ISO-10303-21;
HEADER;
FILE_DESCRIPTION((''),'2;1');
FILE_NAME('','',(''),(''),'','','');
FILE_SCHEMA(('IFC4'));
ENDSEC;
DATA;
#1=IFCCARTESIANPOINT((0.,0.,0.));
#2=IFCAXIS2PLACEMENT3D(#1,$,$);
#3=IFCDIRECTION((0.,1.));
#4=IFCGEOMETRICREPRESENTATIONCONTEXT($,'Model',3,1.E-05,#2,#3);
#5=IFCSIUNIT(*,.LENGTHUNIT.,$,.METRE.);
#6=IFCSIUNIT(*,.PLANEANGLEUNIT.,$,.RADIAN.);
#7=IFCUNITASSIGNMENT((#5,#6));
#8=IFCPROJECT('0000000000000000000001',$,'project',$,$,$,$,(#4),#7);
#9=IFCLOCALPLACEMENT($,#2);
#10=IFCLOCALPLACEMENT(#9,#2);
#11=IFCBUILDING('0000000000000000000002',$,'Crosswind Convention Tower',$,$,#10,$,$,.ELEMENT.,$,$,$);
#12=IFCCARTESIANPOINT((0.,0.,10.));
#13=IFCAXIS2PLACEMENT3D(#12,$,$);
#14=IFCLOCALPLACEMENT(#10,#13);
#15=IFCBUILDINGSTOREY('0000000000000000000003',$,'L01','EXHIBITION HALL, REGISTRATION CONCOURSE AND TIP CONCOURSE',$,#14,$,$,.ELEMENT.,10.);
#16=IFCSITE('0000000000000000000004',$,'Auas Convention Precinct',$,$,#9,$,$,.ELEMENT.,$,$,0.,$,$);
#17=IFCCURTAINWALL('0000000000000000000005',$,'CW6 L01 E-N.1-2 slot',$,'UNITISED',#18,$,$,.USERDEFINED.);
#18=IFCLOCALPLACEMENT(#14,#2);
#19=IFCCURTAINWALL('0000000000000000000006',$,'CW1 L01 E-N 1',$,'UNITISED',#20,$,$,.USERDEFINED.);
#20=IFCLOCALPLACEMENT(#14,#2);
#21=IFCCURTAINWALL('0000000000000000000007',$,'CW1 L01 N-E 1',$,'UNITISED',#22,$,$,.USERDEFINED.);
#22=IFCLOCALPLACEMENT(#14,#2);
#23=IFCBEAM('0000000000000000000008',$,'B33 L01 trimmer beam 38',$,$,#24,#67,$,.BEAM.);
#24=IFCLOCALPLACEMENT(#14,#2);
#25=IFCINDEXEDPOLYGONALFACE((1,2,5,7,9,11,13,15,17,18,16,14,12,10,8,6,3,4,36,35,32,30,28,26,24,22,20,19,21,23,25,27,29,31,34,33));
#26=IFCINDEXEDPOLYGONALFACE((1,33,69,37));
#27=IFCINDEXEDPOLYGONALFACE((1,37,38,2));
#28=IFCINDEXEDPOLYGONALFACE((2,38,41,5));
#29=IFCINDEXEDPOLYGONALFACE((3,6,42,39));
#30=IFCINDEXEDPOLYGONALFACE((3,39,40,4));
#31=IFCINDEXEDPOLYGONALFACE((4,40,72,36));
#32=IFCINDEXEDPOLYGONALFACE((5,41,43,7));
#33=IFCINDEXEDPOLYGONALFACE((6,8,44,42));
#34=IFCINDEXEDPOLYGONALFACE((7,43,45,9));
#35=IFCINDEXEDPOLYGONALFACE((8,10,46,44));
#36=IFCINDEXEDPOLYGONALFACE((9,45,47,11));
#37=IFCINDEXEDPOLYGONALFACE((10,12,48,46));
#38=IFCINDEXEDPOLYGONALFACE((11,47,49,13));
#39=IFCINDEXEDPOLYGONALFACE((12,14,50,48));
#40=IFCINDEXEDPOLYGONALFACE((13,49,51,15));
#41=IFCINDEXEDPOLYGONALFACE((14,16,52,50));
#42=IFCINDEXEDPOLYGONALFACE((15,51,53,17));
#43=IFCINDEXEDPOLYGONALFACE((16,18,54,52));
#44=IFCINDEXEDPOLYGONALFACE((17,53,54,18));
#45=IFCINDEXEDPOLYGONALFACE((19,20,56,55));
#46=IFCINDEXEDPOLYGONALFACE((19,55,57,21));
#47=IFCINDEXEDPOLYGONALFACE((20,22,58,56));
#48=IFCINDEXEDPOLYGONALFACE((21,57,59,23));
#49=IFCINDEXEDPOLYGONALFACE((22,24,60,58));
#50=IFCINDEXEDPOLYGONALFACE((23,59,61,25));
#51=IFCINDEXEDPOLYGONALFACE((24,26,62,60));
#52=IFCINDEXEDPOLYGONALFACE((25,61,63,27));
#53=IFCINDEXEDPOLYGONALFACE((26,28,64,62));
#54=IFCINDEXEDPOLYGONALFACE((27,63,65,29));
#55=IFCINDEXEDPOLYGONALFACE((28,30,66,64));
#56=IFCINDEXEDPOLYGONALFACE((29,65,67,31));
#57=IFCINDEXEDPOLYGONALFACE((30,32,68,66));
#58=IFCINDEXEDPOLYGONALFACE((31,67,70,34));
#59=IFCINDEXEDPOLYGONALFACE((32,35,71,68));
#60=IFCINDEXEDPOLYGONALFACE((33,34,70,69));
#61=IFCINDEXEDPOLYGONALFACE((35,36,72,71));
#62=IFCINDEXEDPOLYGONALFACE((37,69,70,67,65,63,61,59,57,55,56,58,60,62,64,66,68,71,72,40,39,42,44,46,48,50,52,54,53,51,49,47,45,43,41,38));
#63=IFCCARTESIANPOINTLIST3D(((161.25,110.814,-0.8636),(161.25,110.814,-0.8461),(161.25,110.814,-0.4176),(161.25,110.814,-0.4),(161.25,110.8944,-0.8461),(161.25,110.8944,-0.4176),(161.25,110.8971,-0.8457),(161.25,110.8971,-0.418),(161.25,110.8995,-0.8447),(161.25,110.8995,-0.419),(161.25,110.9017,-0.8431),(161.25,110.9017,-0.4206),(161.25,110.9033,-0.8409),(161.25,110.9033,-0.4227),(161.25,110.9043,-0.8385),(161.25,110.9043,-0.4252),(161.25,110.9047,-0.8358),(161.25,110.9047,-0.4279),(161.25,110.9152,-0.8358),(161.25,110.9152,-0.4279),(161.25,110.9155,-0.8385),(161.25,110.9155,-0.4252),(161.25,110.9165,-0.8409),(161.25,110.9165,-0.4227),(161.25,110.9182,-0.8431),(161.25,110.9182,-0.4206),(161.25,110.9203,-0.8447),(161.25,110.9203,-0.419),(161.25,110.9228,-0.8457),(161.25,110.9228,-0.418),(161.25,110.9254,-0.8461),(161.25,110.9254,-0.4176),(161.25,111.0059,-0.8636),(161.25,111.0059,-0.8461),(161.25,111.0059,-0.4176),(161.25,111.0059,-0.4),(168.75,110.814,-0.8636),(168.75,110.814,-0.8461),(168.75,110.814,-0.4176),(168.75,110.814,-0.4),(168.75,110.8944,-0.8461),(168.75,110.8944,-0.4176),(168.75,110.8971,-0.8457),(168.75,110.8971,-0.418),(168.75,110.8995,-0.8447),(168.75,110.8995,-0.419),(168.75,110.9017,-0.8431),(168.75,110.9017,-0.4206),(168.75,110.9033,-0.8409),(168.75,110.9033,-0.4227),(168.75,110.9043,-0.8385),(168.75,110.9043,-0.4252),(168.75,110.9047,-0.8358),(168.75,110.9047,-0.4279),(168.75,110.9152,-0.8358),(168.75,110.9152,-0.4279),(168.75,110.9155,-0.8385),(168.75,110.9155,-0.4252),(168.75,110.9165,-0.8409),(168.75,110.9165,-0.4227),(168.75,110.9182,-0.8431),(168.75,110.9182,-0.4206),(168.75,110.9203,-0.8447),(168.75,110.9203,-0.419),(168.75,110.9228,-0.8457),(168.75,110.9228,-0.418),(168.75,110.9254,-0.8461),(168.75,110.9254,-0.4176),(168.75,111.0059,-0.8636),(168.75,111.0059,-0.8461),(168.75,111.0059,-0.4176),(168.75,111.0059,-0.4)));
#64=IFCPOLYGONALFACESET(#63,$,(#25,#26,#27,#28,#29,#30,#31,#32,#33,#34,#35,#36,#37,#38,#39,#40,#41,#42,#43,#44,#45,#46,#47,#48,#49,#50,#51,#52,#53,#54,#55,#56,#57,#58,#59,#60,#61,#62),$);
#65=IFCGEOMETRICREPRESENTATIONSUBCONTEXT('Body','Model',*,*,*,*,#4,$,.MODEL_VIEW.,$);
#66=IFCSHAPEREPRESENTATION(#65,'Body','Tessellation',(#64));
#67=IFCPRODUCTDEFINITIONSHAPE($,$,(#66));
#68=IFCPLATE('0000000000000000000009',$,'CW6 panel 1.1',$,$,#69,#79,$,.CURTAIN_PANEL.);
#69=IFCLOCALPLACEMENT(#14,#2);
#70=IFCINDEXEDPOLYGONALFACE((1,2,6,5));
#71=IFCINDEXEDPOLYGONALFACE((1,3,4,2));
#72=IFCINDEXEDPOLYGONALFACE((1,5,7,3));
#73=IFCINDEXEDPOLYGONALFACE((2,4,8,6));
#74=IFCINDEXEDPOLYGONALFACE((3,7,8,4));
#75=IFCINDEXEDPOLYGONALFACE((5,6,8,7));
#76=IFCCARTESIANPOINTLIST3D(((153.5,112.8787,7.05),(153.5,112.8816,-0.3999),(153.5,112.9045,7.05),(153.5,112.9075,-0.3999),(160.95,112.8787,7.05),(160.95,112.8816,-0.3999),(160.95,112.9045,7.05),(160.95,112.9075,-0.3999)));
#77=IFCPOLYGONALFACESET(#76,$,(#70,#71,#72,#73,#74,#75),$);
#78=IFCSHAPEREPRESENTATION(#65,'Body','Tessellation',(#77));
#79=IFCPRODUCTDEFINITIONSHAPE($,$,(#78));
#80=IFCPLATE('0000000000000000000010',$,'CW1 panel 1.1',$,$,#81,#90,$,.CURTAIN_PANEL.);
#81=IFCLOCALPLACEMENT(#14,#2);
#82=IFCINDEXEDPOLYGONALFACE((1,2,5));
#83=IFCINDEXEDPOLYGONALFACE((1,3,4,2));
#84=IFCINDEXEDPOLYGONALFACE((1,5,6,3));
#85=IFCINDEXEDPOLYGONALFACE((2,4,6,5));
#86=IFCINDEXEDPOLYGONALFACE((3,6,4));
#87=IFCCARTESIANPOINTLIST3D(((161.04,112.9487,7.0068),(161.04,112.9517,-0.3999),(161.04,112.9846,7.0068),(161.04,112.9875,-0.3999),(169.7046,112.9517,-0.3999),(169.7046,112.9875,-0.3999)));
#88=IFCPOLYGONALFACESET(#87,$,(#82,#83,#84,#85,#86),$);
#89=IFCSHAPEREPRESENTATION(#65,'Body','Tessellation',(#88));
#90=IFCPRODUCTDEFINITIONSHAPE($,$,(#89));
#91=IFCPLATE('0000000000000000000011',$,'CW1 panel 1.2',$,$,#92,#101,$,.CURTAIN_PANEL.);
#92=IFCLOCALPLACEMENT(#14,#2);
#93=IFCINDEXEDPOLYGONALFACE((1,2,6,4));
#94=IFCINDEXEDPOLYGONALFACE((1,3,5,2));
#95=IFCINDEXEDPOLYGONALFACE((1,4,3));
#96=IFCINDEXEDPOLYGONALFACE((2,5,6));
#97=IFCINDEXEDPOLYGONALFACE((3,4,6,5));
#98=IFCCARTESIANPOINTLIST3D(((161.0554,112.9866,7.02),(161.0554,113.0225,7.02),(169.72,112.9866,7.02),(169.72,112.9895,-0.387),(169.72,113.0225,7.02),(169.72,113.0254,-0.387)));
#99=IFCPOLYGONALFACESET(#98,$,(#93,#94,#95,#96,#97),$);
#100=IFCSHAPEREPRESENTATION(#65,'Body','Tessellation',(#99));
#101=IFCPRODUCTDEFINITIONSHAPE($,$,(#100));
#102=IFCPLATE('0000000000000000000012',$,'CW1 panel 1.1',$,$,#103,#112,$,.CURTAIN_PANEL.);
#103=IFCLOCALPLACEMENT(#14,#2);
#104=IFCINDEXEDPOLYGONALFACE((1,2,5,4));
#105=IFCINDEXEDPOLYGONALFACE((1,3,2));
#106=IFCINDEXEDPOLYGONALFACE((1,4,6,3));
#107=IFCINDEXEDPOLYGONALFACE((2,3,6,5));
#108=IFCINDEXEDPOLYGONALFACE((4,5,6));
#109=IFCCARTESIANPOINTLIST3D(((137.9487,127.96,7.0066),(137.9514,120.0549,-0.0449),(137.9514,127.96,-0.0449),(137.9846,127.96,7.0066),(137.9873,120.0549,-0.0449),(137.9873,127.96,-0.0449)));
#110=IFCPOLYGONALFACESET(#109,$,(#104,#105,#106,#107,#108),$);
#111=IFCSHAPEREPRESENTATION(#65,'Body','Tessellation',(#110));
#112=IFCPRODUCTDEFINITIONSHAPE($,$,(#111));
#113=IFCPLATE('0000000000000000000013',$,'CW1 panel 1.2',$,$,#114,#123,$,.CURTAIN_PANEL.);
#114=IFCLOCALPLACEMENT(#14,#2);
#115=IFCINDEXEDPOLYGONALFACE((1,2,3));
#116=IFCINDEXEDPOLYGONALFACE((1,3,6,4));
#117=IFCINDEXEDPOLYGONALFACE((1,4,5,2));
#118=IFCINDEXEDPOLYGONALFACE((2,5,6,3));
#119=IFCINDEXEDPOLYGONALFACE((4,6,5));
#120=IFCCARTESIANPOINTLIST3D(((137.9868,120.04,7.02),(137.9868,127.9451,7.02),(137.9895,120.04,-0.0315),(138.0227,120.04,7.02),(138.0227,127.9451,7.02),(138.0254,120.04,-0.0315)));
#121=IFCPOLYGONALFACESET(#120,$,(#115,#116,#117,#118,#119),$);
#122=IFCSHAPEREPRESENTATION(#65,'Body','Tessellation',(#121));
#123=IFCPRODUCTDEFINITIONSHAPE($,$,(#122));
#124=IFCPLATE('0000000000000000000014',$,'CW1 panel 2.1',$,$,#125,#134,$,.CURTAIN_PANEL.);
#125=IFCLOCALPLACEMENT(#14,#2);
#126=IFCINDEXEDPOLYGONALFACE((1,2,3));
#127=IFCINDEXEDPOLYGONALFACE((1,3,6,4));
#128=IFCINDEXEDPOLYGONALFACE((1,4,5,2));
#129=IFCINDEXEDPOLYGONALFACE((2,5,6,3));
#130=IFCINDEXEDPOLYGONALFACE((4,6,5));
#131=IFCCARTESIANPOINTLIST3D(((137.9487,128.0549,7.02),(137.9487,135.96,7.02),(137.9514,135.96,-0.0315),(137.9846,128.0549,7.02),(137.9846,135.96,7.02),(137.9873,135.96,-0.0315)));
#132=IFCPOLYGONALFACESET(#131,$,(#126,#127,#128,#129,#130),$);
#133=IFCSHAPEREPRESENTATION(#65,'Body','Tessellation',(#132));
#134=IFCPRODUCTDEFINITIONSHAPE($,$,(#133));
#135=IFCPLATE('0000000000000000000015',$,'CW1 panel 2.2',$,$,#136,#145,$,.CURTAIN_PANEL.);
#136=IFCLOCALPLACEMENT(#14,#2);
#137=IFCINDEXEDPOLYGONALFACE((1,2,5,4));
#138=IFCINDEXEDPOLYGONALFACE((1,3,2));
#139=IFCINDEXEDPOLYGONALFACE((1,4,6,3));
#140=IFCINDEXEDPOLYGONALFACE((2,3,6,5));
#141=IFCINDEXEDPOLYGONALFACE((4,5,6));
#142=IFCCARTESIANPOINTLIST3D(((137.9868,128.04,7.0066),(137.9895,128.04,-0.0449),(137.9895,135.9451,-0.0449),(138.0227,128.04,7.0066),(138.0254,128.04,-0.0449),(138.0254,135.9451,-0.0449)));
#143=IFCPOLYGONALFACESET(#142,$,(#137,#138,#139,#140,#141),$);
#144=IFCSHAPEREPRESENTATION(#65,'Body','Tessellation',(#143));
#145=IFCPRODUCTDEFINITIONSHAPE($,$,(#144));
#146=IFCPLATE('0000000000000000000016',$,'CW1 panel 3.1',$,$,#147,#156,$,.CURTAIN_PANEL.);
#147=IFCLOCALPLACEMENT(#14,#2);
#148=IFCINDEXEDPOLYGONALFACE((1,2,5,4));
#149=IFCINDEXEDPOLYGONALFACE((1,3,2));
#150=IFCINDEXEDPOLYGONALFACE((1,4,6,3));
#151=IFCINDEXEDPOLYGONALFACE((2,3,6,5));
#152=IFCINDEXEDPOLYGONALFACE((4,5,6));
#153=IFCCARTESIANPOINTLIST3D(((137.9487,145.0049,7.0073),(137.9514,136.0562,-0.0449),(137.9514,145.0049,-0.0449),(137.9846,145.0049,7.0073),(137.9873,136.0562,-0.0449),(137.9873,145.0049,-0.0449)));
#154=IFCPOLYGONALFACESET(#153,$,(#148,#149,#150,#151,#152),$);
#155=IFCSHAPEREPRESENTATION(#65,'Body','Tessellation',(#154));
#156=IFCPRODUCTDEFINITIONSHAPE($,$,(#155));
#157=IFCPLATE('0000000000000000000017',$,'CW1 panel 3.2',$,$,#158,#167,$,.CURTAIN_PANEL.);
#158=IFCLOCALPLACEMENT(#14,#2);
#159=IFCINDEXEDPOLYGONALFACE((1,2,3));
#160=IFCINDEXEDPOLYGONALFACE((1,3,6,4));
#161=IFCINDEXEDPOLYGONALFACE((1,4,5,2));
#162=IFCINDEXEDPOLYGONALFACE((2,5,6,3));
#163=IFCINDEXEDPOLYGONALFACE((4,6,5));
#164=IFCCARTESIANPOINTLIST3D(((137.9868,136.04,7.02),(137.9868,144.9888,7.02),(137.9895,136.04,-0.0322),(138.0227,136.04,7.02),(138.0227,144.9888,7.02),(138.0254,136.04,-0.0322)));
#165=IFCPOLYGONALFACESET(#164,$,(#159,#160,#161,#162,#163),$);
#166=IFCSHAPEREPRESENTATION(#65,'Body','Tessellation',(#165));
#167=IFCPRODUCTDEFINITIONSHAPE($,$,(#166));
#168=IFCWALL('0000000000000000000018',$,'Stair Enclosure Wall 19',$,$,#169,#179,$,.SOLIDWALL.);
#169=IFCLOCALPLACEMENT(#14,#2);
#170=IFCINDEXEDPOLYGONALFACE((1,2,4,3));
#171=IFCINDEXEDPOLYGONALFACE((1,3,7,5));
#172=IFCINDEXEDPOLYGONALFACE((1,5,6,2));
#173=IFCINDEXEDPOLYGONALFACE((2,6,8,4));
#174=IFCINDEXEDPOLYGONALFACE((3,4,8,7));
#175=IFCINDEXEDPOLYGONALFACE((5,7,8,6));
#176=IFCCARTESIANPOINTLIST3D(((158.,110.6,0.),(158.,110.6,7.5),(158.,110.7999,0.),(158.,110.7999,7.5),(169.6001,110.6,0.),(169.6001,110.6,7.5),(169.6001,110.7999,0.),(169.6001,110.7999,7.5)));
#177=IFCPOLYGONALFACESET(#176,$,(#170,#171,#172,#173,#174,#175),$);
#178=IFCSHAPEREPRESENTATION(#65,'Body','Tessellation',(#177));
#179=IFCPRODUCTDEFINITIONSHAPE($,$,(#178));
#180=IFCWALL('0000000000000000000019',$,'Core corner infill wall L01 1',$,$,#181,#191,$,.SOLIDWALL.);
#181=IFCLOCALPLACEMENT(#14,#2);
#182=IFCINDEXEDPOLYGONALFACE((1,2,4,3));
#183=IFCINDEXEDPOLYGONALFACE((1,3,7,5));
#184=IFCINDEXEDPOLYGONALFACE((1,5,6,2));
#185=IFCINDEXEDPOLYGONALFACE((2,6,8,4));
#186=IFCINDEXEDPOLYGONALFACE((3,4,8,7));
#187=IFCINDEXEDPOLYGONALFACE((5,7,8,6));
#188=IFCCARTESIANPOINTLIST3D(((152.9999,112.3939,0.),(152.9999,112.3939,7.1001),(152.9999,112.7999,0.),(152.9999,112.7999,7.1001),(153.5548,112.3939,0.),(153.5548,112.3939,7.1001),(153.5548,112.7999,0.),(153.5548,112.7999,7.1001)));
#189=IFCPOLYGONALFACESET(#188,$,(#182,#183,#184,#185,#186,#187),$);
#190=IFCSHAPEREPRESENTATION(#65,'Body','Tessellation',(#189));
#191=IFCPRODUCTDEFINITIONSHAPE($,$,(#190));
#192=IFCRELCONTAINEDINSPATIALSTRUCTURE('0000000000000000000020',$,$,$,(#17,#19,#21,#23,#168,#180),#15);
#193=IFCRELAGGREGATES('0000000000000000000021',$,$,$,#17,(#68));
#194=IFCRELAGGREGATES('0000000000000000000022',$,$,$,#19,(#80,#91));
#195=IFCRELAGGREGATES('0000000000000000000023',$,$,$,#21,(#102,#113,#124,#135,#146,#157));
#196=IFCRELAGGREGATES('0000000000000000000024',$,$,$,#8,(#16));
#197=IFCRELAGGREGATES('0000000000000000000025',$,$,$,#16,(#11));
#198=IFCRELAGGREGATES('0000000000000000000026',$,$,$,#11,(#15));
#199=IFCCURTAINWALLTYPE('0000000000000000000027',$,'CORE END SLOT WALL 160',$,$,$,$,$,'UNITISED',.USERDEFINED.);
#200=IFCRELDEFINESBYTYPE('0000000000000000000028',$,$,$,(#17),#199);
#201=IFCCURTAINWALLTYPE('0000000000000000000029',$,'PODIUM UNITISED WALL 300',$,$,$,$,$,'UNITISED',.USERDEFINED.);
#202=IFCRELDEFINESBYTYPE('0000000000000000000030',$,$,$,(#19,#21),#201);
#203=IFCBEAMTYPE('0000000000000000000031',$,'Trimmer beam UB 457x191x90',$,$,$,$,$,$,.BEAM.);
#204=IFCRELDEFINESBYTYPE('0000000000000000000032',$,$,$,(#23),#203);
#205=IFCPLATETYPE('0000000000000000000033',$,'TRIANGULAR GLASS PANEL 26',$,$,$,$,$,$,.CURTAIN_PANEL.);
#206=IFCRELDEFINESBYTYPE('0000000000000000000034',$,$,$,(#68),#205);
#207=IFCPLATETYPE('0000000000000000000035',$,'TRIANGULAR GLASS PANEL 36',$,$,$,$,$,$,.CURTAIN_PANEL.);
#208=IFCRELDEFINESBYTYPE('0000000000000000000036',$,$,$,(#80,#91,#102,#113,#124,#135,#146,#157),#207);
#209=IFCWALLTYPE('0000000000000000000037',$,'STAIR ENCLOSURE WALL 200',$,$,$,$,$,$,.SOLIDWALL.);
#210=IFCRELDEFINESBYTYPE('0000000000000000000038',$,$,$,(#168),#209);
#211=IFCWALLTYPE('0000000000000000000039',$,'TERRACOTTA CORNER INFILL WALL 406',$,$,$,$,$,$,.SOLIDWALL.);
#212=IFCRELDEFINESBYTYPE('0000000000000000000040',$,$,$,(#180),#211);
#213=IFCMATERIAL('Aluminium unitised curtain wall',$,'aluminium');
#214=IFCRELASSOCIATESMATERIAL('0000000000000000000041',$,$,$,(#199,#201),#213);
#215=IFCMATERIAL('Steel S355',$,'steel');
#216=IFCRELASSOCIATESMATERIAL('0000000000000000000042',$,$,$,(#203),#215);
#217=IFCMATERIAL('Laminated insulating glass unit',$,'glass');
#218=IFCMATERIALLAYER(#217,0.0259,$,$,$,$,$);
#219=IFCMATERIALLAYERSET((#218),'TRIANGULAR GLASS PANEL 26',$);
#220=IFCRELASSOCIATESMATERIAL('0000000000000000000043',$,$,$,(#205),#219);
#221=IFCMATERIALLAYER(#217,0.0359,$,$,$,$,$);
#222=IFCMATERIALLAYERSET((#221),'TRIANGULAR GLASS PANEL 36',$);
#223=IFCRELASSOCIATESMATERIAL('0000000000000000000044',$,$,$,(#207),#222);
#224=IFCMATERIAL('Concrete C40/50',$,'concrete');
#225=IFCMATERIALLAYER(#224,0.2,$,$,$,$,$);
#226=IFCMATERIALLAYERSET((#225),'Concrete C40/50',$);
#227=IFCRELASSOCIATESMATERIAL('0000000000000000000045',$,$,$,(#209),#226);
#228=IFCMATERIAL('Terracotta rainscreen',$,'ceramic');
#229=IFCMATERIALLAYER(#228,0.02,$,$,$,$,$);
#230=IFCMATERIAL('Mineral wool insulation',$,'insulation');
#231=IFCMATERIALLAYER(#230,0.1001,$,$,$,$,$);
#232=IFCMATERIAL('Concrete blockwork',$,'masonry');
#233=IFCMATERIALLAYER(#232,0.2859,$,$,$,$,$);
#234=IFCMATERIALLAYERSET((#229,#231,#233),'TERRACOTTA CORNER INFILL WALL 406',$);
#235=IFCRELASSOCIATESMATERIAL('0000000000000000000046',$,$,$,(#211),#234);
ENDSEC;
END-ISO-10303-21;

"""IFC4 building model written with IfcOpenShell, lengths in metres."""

from ifc_helpers import new_model, si_unit, direction, frame, frame_2d, origin, origin_2d, place, context, subcontext, project, spatial, polyline, rectangle, i_section, outline, extrude, material, layer, layer_set, material_profile, profile_set, type_object, element, aggregate, save


model = new_model("IFC4")

# Units and contexts
model_context = context("Model", 3, precision=1e-05, world=origin(), true_north=direction((0.0, 1.0)))
body_context = subcontext(model_context, "Body", "Model", "MODEL_VIEW")
ifc_project = project(units=[si_unit("LENGTHUNIT", "METRE"), si_unit("PLANEANGLEUNIT", "RADIAN")], contexts=[model_context])

# Site, building, storey
site_placement = place(None, origin())
site = spatial("IfcSite", under=ifc_project, at=site_placement, Name="Auas Convention Precinct", CompositionType="ELEMENT", RefElevation=0.0)
building_placement = place(site_placement, origin())
building = spatial("IfcBuilding", under=site, at=building_placement, Name="Crosswind Convention Tower", CompositionType="ELEMENT")
storey_placement = place(building_placement, frame((0.0, 0.0, 10.0)))
storey = spatial("IfcBuildingStorey", under=building, at=storey_placement, Name="L01", Description="EXHIBITION HALL, REGISTRATION CONCOURSE AND TIP CONCOURSE", CompositionType="ELEMENT", Elevation=10.0)

# Shared definitions
ifc_material_1 = material(Name="Steel S355", Category="steel")

# Curtain walls
ifc_material_2 = material(Name="Aluminium unitised curtain wall", Category="aluminium")
curtain_wall_type_1 = type_object("IfcCurtainWallType", Name="CORE END SLOT WALL 160", ElementType="UNITISED", PredefinedType="USERDEFINED", material=ifc_material_2)
curtain_wall_1_placement = place(storey_placement, origin())
curtain_wall_1 = element("IfcCurtainWall", 1, at=curtain_wall_1_placement, inside=storey, type_object=curtain_wall_type_1, Name="CW6 L01 E-N.1-2 slot", ObjectType="UNITISED", PredefinedType="USERDEFINED")
curtain_wall_type_2 = type_object("IfcCurtainWallType", Name="PODIUM UNITISED WALL 300", ElementType="UNITISED", PredefinedType="USERDEFINED", material=ifc_material_2)
curtain_wall_2_placement = place(storey_placement, origin())
curtain_wall_2 = element("IfcCurtainWall", 2, at=curtain_wall_2_placement, inside=storey, type_object=curtain_wall_type_2, Name="CW1 L01 E-N 1", ObjectType="UNITISED", PredefinedType="USERDEFINED")
curtain_wall_3_placement = place(storey_placement, origin())
curtain_wall_3 = element("IfcCurtainWall", 3, at=curtain_wall_3_placement, inside=storey, type_object=curtain_wall_type_2, Name="CW1 L01 N-E 1", ObjectType="UNITISED", PredefinedType="USERDEFINED")

# Beam
ifc_material_profile_1 = material_profile(ifc_material_1, i_section(OverallWidth=0.1919, OverallDepth=0.4636, WebThickness=0.0105, FlangeThickness=0.0176, FilletRadius=0.0103, at=origin_2d()), Name="UB 457x191x90")
ifc_profile_set_1 = profile_set([ifc_material_profile_1], Name="Steel S355")
beam_type_1 = type_object("IfcBeamType", Name="Trimmer beam UB 457x191x90", PredefinedType="BEAM", material=ifc_profile_set_1)
beam_1_placement = place(storey_placement, frame((161.25, 110.9099, -0.6318), z_axis=(1.0, 0.0, 0.0), x_axis=(0.0, 1.0, 0.0)))
element("IfcBeam", 4, at=beam_1_placement, inside=storey, type_object=beam_type_1, Name="B33 L01 trimmer beam 38", PredefinedType="BEAM", context=body_context, shape_type="SweptSolid", body=[
    extrude(i_section(OverallWidth=0.1919, OverallDepth=0.4636, WebThickness=0.0105, FlangeThickness=0.0176, FilletRadius=0.0103, at=origin_2d()), origin(), (0.0, 0.0, 1.0), 7.5),
])

# Plates
ifc_material_3 = material(Name="Laminated insulating glass unit", Category="glass")
ifc_layer_1 = layer(ifc_material_3, 0.0259)
ifc_layer_set_1 = layer_set([ifc_layer_1], Name="TRIANGULAR GLASS PANEL 26")
plate_type_1 = type_object("IfcPlateType", Name="TRIANGULAR GLASS PANEL 26", PredefinedType="CURTAIN_PANEL", material=ifc_layer_set_1)
plate_1_placement = place(storey_placement, frame((160.95, 112.9075, -0.3999), z_axis=(0.0, 1.0, 0.000393), x_axis=(-1.0, 0.0, 0.0)))
plate_1 = element("IfcPlate", 5, at=plate_1_placement, type_object=plate_type_1, Name="CW6 panel 1.1", PredefinedType="CURTAIN_PANEL", context=body_context, shape_type="SweptSolid", body=[
    extrude(outline(polyline([(0.0, 0.0), (7.45, 0.0), (7.45, 7.45), (0.0, 7.45), (0.0, 0.0)])), origin(), (0.0, 0.0, -1.0), 0.0259),
])
aggregate(curtain_wall_1, [plate_1])
ifc_layer_2 = layer(ifc_material_3, 0.0359)
ifc_layer_set_2 = layer_set([ifc_layer_2], Name="TRIANGULAR GLASS PANEL 36")
plate_type_2 = type_object("IfcPlateType", Name="TRIANGULAR GLASS PANEL 36", PredefinedType="CURTAIN_PANEL", material=ifc_layer_set_2)
plate_2_placement = place(storey_placement, frame((161.04, 112.9875, -0.3999), z_axis=(0.0, 1.0, 0.000396), x_axis=(0.0, -0.000396, 1.0)))
plate_2 = element("IfcPlate", 6, at=plate_2_placement, type_object=plate_type_2, Name="CW1 panel 1.1", PredefinedType="CURTAIN_PANEL", context=body_context, shape_type="SweptSolid", body=[
    extrude(outline(polyline([(0.0, 0.0), (7.4067, 0.0), (0.0, 8.6646), (0.0, 0.0)])), origin(), (0.0, 0.0, -1.0), 0.0359),
])
plate_3_placement = place(storey_placement, frame((169.72, 113.0225, 7.02), z_axis=(0.0, 1.0, 0.000396), x_axis=(0.0, 0.000396, -1.0)))
plate_3 = element("IfcPlate", 7, at=plate_3_placement, type_object=plate_type_2, Name="CW1 panel 1.2", PredefinedType="CURTAIN_PANEL", context=body_context, shape_type="SweptSolid", body=[
    extrude(outline(polyline([(0.0, 0.0), (7.407, 0.0), (0.0, 8.6646), (0.0, 0.0)])), origin(), (0.0, 0.0, -1.0), 0.0359),
])
plate_4_placement = place(storey_placement, frame((137.9873, 127.96, -0.0449), z_axis=(1.0, 0.0, 0.000381), x_axis=(-0.000381, 0.0, 1.0)))
plate_4 = element("IfcPlate", 8, at=plate_4_placement, type_object=plate_type_2, Name="CW1 panel 1.1", PredefinedType="CURTAIN_PANEL", context=body_context, shape_type="SweptSolid", body=[
    extrude(outline(polyline([(0.0, 0.0), (7.0515, 0.0), (0.0, 7.905), (0.0, 0.0)])), origin(), (0.0, 0.0, -1.0), 0.0359),
])
plate_5_placement = place(storey_placement, frame((138.0227, 120.04, 7.02), z_axis=(1.0, 0.0, 0.000381), x_axis=(0.000381, 0.0, -1.0)))
plate_5 = element("IfcPlate", 9, at=plate_5_placement, type_object=plate_type_2, Name="CW1 panel 1.2", PredefinedType="CURTAIN_PANEL", context=body_context, shape_type="SweptSolid", body=[
    extrude(outline(polyline([(0.0, 0.0), (7.0515, 0.0), (0.0, 7.905), (0.0, 0.0)])), origin(), (0.0, 0.0, -1.0), 0.0359),
])
plate_6_placement = place(storey_placement, frame((137.9846, 135.96, 7.02), z_axis=(1.0, 0.0, 0.000381), x_axis=(0.0, -1.0, 0.0)))
plate_6 = element("IfcPlate", 10, at=plate_6_placement, type_object=plate_type_2, Name="CW1 panel 2.1", PredefinedType="CURTAIN_PANEL", context=body_context, shape_type="SweptSolid", body=[
    extrude(outline(polyline([(0.0, 0.0), (7.905, 0.0), (0.0, 7.0515), (0.0, 0.0)])), origin(), (0.0, 0.0, -1.0), 0.0359),
])
plate_7_placement = place(storey_placement, frame((138.0254, 128.04, -0.0449), z_axis=(1.0, 0.0, 0.000381), x_axis=(0.0, 1.0, 0.0)))
plate_7 = element("IfcPlate", 11, at=plate_7_placement, type_object=plate_type_2, Name="CW1 panel 2.2", PredefinedType="CURTAIN_PANEL", context=body_context, shape_type="SweptSolid", body=[
    extrude(outline(polyline([(0.0, 0.0), (7.905, 0.0), (0.0, 7.0515), (0.0, 0.0)])), origin(), (0.0, 0.0, -1.0), 0.0359),
])
plate_8_placement = place(storey_placement, frame((137.9873, 145.0049, -0.0449), z_axis=(1.0, 0.0, 0.000381), x_axis=(-0.000381, 0.0, 1.0)))
plate_8 = element("IfcPlate", 12, at=plate_8_placement, type_object=plate_type_2, Name="CW1 panel 3.1", PredefinedType="CURTAIN_PANEL", context=body_context, shape_type="SweptSolid", body=[
    extrude(outline(polyline([(0.0, 0.0), (7.0522, 0.0), (0.0, 8.9487), (0.0, 0.0)])), origin(), (0.0, 0.0, -1.0), 0.0359),
])
plate_9_placement = place(storey_placement, frame((138.0227, 136.04, 7.02), z_axis=(1.0, 0.0, 0.000381), x_axis=(0.000381, 0.0, -1.0)))
plate_9 = element("IfcPlate", 13, at=plate_9_placement, type_object=plate_type_2, Name="CW1 panel 3.2", PredefinedType="CURTAIN_PANEL", context=body_context, shape_type="SweptSolid", body=[
    extrude(outline(polyline([(0.0, 0.0), (7.0522, 0.0), (0.0, 8.9487), (0.0, 0.0)])), origin(), (0.0, 0.0, -1.0), 0.0359),
])

# Walls
ifc_material_4 = material(Name="Concrete C40/50", Category="concrete")
ifc_layer_3 = layer(ifc_material_4, 0.2)
ifc_layer_set_3 = layer_set([ifc_layer_3], Name="Concrete C40/50")
wall_type_1 = type_object("IfcWallType", Name="STAIR ENCLOSURE WALL 200", PredefinedType="SOLIDWALL", material=ifc_layer_set_3)
wall_1_placement = place(storey_placement, frame((158.0, 110.7, 0.0), z_axis=(0.0, 0.0, 1.0), x_axis=(1.0, 0.0, 0.0)))
element("IfcWall", 14, at=wall_1_placement, inside=storey, type_object=wall_type_1, Name="Stair Enclosure Wall 19", PredefinedType="SOLIDWALL", context=body_context, shape_type="SweptSolid", body=[
    extrude(rectangle(XDim=11.6001, YDim=0.2, at=frame_2d((5.8, 0.0))), origin(), (0.0, 0.0, 1.0), 7.5),
])
ifc_material_5 = material(Name="Terracotta rainscreen", Category="ceramic")
ifc_layer_4 = layer(ifc_material_5, 0.02)
ifc_material_6 = material(Name="Mineral wool insulation", Category="insulation")
ifc_layer_5 = layer(ifc_material_6, 0.1001)
ifc_material_7 = material(Name="Concrete blockwork", Category="masonry")
ifc_layer_6 = layer(ifc_material_7, 0.2859)
ifc_layer_set_4 = layer_set([ifc_layer_4, ifc_layer_5, ifc_layer_6], Name="TERRACOTTA CORNER INFILL WALL 406")
wall_type_2 = type_object("IfcWallType", Name="TERRACOTTA CORNER INFILL WALL 406", PredefinedType="SOLIDWALL", material=ifc_layer_set_4)
wall_2_placement = place(storey_placement, frame((153.0, 112.5969, 0.0), z_axis=(0.0, 0.0, 1.0), x_axis=(1.0, 0.0, 0.0)))
element("IfcWall", 15, at=wall_2_placement, inside=storey, type_object=wall_type_2, Name="Core corner infill wall L01 1", PredefinedType="SOLIDWALL", context=body_context, shape_type="SweptSolid", body=[
    extrude(rectangle(XDim=0.5549, YDim=0.406, at=frame_2d((0.2773, 0.0))), origin(), (0.0, 0.0, 1.0), 7.1001),
])

aggregate(curtain_wall_2, [plate_2, plate_3])
aggregate(curtain_wall_3, [plate_4, plate_5, plate_6, plate_7, plate_8, plate_9])

save(model, "model.ifc")
